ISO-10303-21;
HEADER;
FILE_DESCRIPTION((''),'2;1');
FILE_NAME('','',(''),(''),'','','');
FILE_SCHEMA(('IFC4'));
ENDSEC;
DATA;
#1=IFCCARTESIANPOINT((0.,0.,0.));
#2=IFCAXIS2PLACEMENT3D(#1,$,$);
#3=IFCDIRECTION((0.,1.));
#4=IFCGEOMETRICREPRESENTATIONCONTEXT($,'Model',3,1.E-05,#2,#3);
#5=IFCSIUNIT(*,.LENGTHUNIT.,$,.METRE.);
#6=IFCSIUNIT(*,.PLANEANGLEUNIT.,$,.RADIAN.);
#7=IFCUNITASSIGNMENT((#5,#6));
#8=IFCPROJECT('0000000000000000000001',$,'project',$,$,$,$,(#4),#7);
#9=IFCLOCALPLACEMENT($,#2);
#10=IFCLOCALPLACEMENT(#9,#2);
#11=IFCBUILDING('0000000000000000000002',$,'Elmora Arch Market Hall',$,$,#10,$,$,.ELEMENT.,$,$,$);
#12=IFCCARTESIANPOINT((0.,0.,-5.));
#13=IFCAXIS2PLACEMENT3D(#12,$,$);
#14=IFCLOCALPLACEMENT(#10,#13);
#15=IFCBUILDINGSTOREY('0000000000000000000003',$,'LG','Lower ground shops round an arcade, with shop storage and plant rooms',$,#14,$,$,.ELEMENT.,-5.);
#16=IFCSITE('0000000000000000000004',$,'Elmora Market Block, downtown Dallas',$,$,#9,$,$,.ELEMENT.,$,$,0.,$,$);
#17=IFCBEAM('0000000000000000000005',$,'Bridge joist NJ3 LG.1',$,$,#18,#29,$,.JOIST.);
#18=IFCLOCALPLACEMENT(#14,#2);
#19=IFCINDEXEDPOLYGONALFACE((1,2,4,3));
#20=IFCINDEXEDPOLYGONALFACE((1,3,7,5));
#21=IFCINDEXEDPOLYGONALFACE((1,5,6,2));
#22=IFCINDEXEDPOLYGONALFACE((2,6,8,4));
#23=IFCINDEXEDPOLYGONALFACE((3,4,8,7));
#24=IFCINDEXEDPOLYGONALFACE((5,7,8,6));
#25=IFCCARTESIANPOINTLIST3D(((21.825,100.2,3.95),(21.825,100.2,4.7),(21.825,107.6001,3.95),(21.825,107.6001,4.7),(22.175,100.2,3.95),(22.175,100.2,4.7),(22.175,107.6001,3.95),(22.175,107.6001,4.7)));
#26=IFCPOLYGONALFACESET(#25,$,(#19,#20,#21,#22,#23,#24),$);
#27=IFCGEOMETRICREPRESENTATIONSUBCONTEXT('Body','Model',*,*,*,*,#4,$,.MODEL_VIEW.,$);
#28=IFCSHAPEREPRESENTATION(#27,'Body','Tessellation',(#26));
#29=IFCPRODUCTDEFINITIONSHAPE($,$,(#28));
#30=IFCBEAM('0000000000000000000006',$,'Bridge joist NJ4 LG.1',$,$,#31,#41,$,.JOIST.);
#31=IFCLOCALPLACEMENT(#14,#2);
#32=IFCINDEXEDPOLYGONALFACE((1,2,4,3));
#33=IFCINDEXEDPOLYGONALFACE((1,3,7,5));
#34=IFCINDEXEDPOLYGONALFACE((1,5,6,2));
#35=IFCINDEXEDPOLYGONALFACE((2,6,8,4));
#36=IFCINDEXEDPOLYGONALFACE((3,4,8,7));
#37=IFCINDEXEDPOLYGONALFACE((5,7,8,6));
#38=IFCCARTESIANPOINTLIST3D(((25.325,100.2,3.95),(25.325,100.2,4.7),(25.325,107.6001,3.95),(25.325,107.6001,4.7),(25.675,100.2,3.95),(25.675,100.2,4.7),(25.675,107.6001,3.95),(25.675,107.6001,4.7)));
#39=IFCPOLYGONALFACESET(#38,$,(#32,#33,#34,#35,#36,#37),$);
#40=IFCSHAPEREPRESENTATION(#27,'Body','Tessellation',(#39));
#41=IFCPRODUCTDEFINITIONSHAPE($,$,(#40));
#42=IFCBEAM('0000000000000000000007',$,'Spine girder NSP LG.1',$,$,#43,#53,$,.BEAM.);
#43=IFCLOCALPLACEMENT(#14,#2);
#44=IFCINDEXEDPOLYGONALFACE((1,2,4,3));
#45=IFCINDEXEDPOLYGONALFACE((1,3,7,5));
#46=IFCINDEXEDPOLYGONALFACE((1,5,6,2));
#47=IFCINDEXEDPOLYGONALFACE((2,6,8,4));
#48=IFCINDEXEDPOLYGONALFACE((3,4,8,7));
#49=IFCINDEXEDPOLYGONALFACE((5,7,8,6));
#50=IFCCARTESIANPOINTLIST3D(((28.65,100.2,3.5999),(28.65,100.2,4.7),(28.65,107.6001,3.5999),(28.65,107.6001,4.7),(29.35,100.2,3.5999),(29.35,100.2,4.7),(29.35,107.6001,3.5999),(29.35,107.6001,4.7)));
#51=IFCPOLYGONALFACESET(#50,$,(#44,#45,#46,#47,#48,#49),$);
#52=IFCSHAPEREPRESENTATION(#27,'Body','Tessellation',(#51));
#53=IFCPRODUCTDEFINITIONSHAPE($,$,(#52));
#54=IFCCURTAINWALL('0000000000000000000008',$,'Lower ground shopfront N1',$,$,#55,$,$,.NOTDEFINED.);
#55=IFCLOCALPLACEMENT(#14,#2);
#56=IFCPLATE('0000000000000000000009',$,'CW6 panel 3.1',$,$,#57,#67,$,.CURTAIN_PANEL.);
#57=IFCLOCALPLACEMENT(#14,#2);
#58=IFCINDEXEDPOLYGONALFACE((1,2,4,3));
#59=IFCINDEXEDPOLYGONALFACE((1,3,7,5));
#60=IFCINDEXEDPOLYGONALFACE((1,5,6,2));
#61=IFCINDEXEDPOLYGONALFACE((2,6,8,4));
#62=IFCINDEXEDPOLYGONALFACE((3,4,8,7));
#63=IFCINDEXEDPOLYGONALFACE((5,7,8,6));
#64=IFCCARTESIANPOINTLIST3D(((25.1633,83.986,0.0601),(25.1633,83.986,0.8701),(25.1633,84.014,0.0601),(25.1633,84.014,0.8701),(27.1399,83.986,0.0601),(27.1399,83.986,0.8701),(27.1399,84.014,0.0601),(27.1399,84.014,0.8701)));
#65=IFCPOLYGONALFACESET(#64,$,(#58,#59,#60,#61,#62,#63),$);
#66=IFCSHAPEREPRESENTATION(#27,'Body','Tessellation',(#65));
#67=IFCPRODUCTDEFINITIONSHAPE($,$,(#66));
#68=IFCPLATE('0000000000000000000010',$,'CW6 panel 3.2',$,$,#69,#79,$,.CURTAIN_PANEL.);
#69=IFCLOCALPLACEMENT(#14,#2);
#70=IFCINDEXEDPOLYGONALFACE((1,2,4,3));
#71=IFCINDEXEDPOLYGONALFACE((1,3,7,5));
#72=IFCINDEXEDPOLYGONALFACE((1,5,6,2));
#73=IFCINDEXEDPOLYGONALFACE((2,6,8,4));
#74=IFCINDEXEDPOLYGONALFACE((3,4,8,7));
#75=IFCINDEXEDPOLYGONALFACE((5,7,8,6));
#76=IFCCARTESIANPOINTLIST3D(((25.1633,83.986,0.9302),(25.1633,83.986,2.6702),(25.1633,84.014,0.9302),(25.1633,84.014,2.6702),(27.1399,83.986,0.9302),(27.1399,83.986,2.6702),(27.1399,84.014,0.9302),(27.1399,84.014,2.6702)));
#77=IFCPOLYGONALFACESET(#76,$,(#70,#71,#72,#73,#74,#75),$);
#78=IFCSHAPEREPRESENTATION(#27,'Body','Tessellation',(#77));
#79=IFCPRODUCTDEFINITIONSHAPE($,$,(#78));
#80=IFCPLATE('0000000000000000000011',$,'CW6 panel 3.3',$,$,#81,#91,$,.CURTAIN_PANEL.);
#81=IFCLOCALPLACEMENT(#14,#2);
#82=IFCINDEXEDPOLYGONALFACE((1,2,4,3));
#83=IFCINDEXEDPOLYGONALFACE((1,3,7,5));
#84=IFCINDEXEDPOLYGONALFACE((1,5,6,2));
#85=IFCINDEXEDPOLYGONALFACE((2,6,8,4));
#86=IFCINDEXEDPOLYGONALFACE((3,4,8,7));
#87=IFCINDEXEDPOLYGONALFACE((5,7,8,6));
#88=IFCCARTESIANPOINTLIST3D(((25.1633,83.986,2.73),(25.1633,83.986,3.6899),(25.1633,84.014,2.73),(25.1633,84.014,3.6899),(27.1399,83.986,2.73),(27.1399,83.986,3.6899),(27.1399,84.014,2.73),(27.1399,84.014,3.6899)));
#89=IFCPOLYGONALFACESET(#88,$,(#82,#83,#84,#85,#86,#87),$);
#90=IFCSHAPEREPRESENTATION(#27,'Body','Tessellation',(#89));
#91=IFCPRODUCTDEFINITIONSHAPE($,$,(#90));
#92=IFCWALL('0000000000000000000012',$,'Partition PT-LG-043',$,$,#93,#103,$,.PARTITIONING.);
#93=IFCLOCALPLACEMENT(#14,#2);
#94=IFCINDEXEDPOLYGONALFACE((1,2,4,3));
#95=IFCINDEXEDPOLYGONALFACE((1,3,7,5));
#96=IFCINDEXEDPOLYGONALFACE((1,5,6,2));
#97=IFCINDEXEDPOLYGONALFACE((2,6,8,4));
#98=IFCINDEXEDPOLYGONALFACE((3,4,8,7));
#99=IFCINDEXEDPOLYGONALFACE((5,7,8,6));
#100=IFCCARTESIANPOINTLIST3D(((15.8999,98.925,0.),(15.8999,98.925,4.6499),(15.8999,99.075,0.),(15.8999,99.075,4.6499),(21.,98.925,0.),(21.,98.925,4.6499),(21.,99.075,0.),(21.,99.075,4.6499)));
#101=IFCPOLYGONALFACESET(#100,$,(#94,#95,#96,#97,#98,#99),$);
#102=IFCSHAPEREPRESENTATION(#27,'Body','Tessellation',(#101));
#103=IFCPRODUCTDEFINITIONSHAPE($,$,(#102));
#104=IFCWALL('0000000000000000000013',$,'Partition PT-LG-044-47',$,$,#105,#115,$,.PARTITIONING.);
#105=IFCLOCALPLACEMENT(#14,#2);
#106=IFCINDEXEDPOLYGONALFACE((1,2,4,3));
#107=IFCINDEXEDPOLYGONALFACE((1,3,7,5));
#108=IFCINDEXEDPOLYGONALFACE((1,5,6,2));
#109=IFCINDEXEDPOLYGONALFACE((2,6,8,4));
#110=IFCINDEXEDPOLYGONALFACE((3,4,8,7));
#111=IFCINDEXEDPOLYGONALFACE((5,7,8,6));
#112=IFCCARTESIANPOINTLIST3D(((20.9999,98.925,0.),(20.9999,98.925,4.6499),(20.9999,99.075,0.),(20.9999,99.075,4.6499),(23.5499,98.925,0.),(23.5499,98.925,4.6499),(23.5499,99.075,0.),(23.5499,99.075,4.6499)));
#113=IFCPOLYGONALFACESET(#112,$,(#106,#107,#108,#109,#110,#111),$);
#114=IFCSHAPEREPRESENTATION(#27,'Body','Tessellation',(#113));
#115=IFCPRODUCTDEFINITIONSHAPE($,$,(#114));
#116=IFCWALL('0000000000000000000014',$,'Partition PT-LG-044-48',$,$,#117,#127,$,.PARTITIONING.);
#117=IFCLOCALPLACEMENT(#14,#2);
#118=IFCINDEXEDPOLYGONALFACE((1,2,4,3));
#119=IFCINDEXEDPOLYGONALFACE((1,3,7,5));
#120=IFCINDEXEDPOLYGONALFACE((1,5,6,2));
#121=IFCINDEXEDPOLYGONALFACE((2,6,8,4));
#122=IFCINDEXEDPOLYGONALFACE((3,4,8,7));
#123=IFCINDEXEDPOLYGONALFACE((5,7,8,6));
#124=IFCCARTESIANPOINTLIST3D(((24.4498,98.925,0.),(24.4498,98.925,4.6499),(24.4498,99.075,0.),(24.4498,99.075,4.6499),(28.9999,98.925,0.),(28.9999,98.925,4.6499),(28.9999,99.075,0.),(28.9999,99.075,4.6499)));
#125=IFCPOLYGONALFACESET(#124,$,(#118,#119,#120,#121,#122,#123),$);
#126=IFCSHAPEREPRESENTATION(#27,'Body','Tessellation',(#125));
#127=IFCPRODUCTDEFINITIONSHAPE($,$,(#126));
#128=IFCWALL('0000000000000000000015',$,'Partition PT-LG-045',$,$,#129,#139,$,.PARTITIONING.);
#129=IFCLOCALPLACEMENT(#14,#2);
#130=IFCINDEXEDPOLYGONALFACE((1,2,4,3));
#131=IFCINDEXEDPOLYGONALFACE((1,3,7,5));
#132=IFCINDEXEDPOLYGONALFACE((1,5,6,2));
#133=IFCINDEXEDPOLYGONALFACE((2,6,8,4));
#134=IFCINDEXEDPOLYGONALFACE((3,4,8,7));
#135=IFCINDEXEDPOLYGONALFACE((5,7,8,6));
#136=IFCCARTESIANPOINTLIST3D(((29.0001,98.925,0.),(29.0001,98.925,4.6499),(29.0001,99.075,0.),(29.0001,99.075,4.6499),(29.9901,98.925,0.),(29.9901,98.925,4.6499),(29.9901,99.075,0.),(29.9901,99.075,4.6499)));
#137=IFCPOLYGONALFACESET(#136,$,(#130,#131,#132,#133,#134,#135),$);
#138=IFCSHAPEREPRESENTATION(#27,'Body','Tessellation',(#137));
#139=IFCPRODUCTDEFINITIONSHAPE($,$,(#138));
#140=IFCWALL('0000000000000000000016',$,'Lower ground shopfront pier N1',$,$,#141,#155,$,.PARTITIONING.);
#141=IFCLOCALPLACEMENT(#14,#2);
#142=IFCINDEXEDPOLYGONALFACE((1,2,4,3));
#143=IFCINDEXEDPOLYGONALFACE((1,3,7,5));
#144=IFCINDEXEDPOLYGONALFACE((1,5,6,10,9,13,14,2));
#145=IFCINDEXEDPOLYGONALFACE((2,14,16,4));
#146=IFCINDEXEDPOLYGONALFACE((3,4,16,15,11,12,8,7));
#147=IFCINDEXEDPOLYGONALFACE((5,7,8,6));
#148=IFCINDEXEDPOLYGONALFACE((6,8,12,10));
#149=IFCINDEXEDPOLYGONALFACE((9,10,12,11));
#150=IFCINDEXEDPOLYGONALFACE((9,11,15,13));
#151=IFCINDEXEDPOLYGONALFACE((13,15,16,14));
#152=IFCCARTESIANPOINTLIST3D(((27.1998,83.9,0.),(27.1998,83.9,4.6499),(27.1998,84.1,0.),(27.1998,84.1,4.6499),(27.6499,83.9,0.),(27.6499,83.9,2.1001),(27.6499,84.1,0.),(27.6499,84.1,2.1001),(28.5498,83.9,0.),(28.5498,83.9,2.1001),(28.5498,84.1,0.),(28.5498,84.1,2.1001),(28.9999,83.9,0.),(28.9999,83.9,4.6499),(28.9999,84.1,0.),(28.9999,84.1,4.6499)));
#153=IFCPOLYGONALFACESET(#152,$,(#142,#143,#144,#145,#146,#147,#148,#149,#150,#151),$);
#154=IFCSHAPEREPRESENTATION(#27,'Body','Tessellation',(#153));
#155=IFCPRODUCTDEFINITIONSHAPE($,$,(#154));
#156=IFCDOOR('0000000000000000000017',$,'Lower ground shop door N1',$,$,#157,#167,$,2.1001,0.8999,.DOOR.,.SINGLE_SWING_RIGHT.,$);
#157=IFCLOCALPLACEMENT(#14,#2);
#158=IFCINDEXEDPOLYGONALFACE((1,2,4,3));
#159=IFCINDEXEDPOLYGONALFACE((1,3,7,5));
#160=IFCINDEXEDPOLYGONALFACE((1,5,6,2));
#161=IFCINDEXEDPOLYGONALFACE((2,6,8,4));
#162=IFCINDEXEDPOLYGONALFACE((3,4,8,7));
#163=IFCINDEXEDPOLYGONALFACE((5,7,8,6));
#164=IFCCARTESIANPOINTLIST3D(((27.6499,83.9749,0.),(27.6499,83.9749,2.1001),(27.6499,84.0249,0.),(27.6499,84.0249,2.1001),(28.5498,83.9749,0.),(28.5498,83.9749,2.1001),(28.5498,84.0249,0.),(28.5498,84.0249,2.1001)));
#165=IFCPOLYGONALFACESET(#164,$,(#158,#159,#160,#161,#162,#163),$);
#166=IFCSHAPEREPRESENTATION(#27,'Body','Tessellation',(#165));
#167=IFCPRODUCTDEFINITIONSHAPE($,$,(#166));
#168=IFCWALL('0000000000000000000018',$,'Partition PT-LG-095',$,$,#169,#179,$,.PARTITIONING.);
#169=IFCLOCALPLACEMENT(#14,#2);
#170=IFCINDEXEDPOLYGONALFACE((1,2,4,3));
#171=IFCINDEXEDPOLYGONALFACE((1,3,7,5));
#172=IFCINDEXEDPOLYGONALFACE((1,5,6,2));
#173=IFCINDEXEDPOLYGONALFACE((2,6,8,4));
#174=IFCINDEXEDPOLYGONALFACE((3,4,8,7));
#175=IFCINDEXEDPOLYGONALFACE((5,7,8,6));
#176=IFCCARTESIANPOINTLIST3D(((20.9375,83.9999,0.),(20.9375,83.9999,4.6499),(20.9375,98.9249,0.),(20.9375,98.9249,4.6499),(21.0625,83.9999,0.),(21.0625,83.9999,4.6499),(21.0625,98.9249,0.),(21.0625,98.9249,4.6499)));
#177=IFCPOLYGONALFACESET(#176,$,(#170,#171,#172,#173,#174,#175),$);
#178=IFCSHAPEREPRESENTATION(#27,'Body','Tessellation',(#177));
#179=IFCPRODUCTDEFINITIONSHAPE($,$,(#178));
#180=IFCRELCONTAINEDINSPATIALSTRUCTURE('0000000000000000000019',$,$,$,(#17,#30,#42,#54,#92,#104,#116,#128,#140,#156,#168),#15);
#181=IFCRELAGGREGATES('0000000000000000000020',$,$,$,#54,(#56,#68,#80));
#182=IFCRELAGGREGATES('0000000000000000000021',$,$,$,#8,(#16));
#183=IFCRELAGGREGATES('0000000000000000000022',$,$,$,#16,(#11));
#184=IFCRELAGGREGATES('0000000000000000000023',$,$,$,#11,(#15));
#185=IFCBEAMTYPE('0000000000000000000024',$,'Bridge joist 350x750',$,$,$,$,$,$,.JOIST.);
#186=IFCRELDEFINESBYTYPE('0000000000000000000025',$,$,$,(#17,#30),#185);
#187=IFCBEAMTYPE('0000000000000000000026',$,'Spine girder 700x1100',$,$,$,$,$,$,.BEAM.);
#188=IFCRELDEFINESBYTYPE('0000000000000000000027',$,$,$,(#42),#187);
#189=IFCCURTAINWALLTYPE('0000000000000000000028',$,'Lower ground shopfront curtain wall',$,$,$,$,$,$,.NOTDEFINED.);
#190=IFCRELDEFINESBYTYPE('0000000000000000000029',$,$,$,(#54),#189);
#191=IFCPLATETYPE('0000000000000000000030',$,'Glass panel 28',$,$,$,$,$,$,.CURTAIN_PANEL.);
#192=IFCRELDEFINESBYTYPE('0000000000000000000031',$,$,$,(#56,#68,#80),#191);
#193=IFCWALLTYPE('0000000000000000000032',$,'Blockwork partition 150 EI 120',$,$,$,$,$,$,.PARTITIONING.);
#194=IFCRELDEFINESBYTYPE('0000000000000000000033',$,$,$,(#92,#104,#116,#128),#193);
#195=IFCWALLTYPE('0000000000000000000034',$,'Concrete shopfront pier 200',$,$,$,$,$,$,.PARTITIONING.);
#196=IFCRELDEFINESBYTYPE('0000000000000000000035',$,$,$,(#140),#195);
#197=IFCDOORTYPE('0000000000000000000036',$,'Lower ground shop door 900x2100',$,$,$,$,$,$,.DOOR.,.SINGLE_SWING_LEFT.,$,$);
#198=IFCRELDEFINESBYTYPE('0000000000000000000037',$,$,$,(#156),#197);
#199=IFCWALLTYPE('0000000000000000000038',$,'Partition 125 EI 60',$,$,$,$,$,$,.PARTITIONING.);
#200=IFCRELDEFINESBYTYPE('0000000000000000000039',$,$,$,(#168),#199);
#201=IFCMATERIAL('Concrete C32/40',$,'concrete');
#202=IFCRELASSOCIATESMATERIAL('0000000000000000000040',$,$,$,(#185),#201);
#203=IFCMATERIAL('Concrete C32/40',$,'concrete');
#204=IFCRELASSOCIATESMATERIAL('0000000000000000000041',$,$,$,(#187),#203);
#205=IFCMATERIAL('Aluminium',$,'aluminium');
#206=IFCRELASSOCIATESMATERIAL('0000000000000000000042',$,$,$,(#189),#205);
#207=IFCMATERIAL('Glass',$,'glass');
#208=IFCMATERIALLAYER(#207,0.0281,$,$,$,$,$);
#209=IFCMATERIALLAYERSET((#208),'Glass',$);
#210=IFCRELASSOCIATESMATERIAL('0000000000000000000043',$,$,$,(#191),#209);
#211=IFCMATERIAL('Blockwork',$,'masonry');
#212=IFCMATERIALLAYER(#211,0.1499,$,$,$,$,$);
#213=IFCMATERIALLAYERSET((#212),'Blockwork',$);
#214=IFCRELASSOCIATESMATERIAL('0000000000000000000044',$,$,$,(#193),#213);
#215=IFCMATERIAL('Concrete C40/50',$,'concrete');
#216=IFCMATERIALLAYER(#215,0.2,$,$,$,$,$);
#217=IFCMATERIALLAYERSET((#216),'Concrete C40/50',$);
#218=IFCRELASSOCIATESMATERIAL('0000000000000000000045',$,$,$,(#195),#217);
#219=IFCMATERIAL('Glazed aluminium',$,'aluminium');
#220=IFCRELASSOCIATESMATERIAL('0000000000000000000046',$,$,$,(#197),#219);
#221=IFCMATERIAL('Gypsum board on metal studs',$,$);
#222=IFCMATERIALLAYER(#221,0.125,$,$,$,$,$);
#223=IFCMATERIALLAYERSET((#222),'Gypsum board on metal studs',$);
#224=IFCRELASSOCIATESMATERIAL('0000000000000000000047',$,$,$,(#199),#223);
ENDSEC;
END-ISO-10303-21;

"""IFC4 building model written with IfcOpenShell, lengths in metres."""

from ifc_helpers import new_model, si_unit, direction, frame, frame_2d, origin, origin_2d, place, context, subcontext, project, spatial, rectangle, extrude, material, layer, layer_set, material_profile, profile_set, type_object, element, fill, aggregate, save


model = new_model("IFC4")

# Units and contexts
model_context = context("Model", 3, precision=1e-05, world=origin(), true_north=direction((0.0, 1.0)))
body_context = subcontext(model_context, "Body", "Model", "MODEL_VIEW")
ifc_project = project(units=[si_unit("LENGTHUNIT", "METRE"), si_unit("PLANEANGLEUNIT", "RADIAN")], contexts=[model_context])

# Site, building, storey
site_placement = place(None, origin())
site = spatial("IfcSite", under=ifc_project, at=site_placement, Name="Elmora Market Block, downtown Dallas", CompositionType="ELEMENT", RefElevation=0.0)
building_placement = place(site_placement, origin())
building = spatial("IfcBuilding", under=site, at=building_placement, Name="Elmora Arch Market Hall", CompositionType="ELEMENT")
storey_placement = place(building_placement, frame((0.0, 0.0, -5.0)))
storey = spatial("IfcBuildingStorey", under=building, at=storey_placement, Name="LG", Description="Lower ground shops round an arcade, with shop storage and plant rooms", CompositionType="ELEMENT", Elevation=-5.0)

# Beams
ifc_material_1 = material(Name="Concrete C32/40", Category="concrete")
ifc_material_profile_1 = material_profile(ifc_material_1, rectangle(XDim=0.3501, YDim=0.75, at=origin_2d()), Name="Bridge joist 350x750")
ifc_profile_set_1 = profile_set([ifc_material_profile_1], Name="Concrete C32/40")
beam_type_1 = type_object("IfcBeamType", Name="Bridge joist 350x750", PredefinedType="JOIST", material=ifc_profile_set_1)
for number, where, z_axis, x_axis, name in (
    (1, (22.0, 100.2, 4.325), (0.0, 1.0, 0.0), (-1.0, 0.0, 0.0), "Bridge joist NJ3 LG.1"),
    (2, (25.5, 100.2, 4.325), (0.0, 1.0, 0.0), (-1.0, 0.0, 0.0), "Bridge joist NJ4 LG.1"),
):
    element("IfcBeam", number, at=place(storey_placement, frame(where, z_axis=z_axis, x_axis=x_axis)), inside=storey, type_object=beam_type_1, Name=name, PredefinedType="JOIST", context=body_context, shape_type="SweptSolid", body=[
        extrude(rectangle(XDim=0.3501, YDim=0.75, at=origin_2d()), origin(), (0.0, 0.0, 1.0), 7.4001),
    ])
ifc_material_2 = material(Name="Concrete C32/40", Category="concrete")
ifc_material_profile_2 = material_profile(ifc_material_2, rectangle(XDim=0.7, YDim=1.1001, at=origin_2d()), Name="Spine girder 700x1100")
ifc_profile_set_2 = profile_set([ifc_material_profile_2], Name="Concrete C32/40")
beam_type_2 = type_object("IfcBeamType", Name="Spine girder 700x1100", PredefinedType="BEAM", material=ifc_profile_set_2)
beam_1_placement = place(storey_placement, frame((29.0, 100.2, 4.1499), z_axis=(0.0, 1.0, 0.0), x_axis=(-1.0, 0.0, 0.0)))
element("IfcBeam", 3, at=beam_1_placement, inside=storey, type_object=beam_type_2, Name="Spine girder NSP LG.1", PredefinedType="BEAM", context=body_context, shape_type="SweptSolid", body=[
    extrude(rectangle(XDim=0.7, YDim=1.1001, at=origin_2d()), origin(), (0.0, 0.0, 1.0), 7.4001),
])

# Curtain wall, plates
ifc_material_3 = material(Name="Aluminium", Category="aluminium")
curtain_wall_type = type_object("IfcCurtainWallType", Name="Lower ground shopfront curtain wall", PredefinedType="NOTDEFINED", material=ifc_material_3)
curtain_wall_placement = place(storey_placement, origin())
curtain_wall = element("IfcCurtainWall", 4, at=curtain_wall_placement, inside=storey, type_object=curtain_wall_type, Name="Lower ground shopfront N1", PredefinedType="NOTDEFINED")
ifc_material_4 = material(Name="Glass", Category="glass")
ifc_layer_1 = layer(ifc_material_4, 0.0281)
ifc_layer_set_1 = layer_set([ifc_layer_1], Name="Glass")
plate_type = type_object("IfcPlateType", Name="Glass panel 28", PredefinedType="CURTAIN_PANEL", material=ifc_layer_set_1)
plate_1_placement = place(storey_placement, frame((26.1516, 84.0, 0.0601), z_axis=(0.0, 0.0, 1.0), x_axis=(1.0, 0.0, 0.0)))
plate_1 = element("IfcPlate", 5, at=plate_1_placement, type_object=plate_type, Name="CW6 panel 3.1", PredefinedType="CURTAIN_PANEL", context=body_context, shape_type="SweptSolid", body=[
    extrude(rectangle(XDim=1.9766, YDim=0.0281, at=origin_2d()), origin(), (0.0, 0.0, 1.0), 0.8101),
])
plate_2_placement = place(storey_placement, frame((26.1516, 84.0, 0.9302), z_axis=(0.0, 0.0, 1.0), x_axis=(1.0, 0.0, 0.0)))
plate_2 = element("IfcPlate", 6, at=plate_2_placement, type_object=plate_type, Name="CW6 panel 3.2", PredefinedType="CURTAIN_PANEL", context=body_context, shape_type="SweptSolid", body=[
    extrude(rectangle(XDim=1.9766, YDim=0.0281, at=origin_2d()), origin(), (0.0, 0.0, 1.0), 1.74),
])
plate_3_placement = place(storey_placement, frame((26.1516, 84.0, 2.73), z_axis=(0.0, 0.0, 1.0), x_axis=(1.0, 0.0, 0.0)))
plate_3 = element("IfcPlate", 7, at=plate_3_placement, type_object=plate_type, Name="CW6 panel 3.3", PredefinedType="CURTAIN_PANEL", context=body_context, shape_type="SweptSolid", body=[
    extrude(rectangle(XDim=1.9766, YDim=0.0281, at=origin_2d()), origin(), (0.0, 0.0, 1.0), 0.96),
])
aggregate(curtain_wall, [plate_1, plate_2, plate_3])

# Walls
ifc_material_5 = material(Name="Blockwork", Category="masonry")
ifc_layer_2 = layer(ifc_material_5, 0.1499)
ifc_layer_set_2 = layer_set([ifc_layer_2], Name="Blockwork")
wall_type_1 = type_object("IfcWallType", Name="Blockwork partition 150 EI 120", PredefinedType="PARTITIONING", material=ifc_layer_set_2)
wall_1_placement = place(storey_placement, frame((15.8999, 99.0, 0.0), z_axis=(0.0, 0.0, 1.0), x_axis=(1.0, 0.0, 0.0)))
element("IfcWall", 8, at=wall_1_placement, inside=storey, type_object=wall_type_1, Name="Partition PT-LG-043", PredefinedType="PARTITIONING", context=body_context, shape_type="SweptSolid", body=[
    extrude(rectangle(XDim=5.1001, YDim=0.1499, at=frame_2d((2.55, 0.0))), origin(), (0.0, 0.0, 1.0), 4.6499),
])
wall_2_placement = place(storey_placement, frame((21.0, 99.0, 0.0), z_axis=(0.0, 0.0, 1.0), x_axis=(1.0, 0.0, 0.0)))
element("IfcWall", 9, at=wall_2_placement, inside=storey, type_object=wall_type_1, Name="Partition PT-LG-044-47", PredefinedType="PARTITIONING", context=body_context, shape_type="SweptSolid", body=[
    extrude(rectangle(XDim=2.55, YDim=0.1499, at=frame_2d((1.2749, 0.0))), origin(), (0.0, 0.0, 1.0), 4.6499),
])
wall_3_placement = place(storey_placement, frame((24.45, 99.0, 0.0), z_axis=(0.0, 0.0, 1.0), x_axis=(1.0, 0.0, 0.0)))
element("IfcWall", 10, at=wall_3_placement, inside=storey, type_object=wall_type_1, Name="Partition PT-LG-044-48", PredefinedType="PARTITIONING", context=body_context, shape_type="SweptSolid", body=[
    extrude(rectangle(XDim=4.55, YDim=0.1499, at=frame_2d((2.2749, 0.0))), origin(), (0.0, 0.0, 1.0), 4.6499),
])
wall_4_placement = place(storey_placement, frame((29.0, 99.0, 0.0), z_axis=(0.0, 0.0, 1.0), x_axis=(1.0, 0.0, 0.0)))
element("IfcWall", 11, at=wall_4_placement, inside=storey, type_object=wall_type_1, Name="Partition PT-LG-045", PredefinedType="PARTITIONING", context=body_context, shape_type="SweptSolid", body=[
    extrude(rectangle(XDim=0.99, YDim=0.1499, at=frame_2d((0.4951, 0.0))), origin(), (0.0, 0.0, 1.0), 4.6499),
])

# Wall, opening, door
ifc_material_6 = material(Name="Concrete C40/50", Category="concrete")
ifc_layer_3 = layer(ifc_material_6, 0.2)
ifc_layer_set_3 = layer_set([ifc_layer_3], Name="Concrete C40/50")
wall_type_2 = type_object("IfcWallType", Name="Concrete shopfront pier 200", PredefinedType="PARTITIONING", material=ifc_layer_set_3)
wall_5_placement = place(storey_placement, frame((27.2, 84.0, 0.0), z_axis=(0.0, 0.0, 1.0), x_axis=(1.0, 0.0, 0.0)))
wall_5 = element("IfcWall", 12, at=wall_5_placement, inside=storey, type_object=wall_type_2, Name="Lower ground shopfront pier N1", PredefinedType="PARTITIONING", context=body_context, shape_type="SweptSolid", body=[
    extrude(rectangle(XDim=1.8, YDim=0.2, at=frame_2d((0.8999, 0.0))), origin(), (0.0, 0.0, 1.0), 4.6499),
])
opening_placement = place(wall_5_placement, frame((0.45, 0.0, 0.0)))
opening = element("IfcOpeningElement", 13, at=opening_placement, cuts=wall_5, PredefinedType="OPENING", context=body_context, shape_type="SweptSolid", body=[
    extrude(rectangle(XDim=0.8999, YDim=2.1001, at=frame_2d((0.45, 1.05))), frame((0.0, 0.1099, 0.0), z_axis=(0.0, -1.0, 0.0), x_axis=(1.0, 0.0, 0.0)), (0.0, 0.0, 1.0), 0.22),
])
ifc_material_7 = material(Name="Glazed aluminium", Category="aluminium")
door_type = type_object("IfcDoorType", Name="Lower ground shop door 900x2100", OperationType="SINGLE_SWING_LEFT", PredefinedType="DOOR", material=ifc_material_7)
door_placement = place(opening_placement, origin())
door = element("IfcDoor", 14, at=door_placement, inside=storey, type_object=door_type, Name="Lower ground shop door N1", OperationType="SINGLE_SWING_RIGHT", OverallHeight=2.1001, OverallWidth=0.8999, PredefinedType="DOOR", context=body_context, shape_type="SweptSolid", body=[
    extrude(rectangle(XDim=0.8999, YDim=2.1001, at=frame_2d((0.45, 1.05))), frame((0.0, 0.0249, 0.0), z_axis=(0.0, -1.0, 0.0), x_axis=(1.0, 0.0, 0.0)), (0.0, 0.0, 1.0), 0.05),
])
fill(opening, door)

# Wall
ifc_material_8 = material(Name="Gypsum board on metal studs")
ifc_layer_4 = layer(ifc_material_8, 0.125)
ifc_layer_set_4 = layer_set([ifc_layer_4], Name="Gypsum board on metal studs")
wall_type_3 = type_object("IfcWallType", Name="Partition 125 EI 60", PredefinedType="PARTITIONING", material=ifc_layer_set_4)
wall_6_placement = place(storey_placement, frame((21.0, 84.0, 0.0), z_axis=(0.0, 0.0, 1.0), x_axis=(0.0, 1.0, 0.0)))
element("IfcWall", 15, at=wall_6_placement, inside=storey, type_object=wall_type_3, Name="Partition PT-LG-095", PredefinedType="PARTITIONING", context=body_context, shape_type="SweptSolid", body=[
    extrude(rectangle(XDim=14.925, YDim=0.125, at=frame_2d((7.4624, 0.0))), origin(), (0.0, 0.0, 1.0), 4.6499),
])

save(model, "model.ifc")
